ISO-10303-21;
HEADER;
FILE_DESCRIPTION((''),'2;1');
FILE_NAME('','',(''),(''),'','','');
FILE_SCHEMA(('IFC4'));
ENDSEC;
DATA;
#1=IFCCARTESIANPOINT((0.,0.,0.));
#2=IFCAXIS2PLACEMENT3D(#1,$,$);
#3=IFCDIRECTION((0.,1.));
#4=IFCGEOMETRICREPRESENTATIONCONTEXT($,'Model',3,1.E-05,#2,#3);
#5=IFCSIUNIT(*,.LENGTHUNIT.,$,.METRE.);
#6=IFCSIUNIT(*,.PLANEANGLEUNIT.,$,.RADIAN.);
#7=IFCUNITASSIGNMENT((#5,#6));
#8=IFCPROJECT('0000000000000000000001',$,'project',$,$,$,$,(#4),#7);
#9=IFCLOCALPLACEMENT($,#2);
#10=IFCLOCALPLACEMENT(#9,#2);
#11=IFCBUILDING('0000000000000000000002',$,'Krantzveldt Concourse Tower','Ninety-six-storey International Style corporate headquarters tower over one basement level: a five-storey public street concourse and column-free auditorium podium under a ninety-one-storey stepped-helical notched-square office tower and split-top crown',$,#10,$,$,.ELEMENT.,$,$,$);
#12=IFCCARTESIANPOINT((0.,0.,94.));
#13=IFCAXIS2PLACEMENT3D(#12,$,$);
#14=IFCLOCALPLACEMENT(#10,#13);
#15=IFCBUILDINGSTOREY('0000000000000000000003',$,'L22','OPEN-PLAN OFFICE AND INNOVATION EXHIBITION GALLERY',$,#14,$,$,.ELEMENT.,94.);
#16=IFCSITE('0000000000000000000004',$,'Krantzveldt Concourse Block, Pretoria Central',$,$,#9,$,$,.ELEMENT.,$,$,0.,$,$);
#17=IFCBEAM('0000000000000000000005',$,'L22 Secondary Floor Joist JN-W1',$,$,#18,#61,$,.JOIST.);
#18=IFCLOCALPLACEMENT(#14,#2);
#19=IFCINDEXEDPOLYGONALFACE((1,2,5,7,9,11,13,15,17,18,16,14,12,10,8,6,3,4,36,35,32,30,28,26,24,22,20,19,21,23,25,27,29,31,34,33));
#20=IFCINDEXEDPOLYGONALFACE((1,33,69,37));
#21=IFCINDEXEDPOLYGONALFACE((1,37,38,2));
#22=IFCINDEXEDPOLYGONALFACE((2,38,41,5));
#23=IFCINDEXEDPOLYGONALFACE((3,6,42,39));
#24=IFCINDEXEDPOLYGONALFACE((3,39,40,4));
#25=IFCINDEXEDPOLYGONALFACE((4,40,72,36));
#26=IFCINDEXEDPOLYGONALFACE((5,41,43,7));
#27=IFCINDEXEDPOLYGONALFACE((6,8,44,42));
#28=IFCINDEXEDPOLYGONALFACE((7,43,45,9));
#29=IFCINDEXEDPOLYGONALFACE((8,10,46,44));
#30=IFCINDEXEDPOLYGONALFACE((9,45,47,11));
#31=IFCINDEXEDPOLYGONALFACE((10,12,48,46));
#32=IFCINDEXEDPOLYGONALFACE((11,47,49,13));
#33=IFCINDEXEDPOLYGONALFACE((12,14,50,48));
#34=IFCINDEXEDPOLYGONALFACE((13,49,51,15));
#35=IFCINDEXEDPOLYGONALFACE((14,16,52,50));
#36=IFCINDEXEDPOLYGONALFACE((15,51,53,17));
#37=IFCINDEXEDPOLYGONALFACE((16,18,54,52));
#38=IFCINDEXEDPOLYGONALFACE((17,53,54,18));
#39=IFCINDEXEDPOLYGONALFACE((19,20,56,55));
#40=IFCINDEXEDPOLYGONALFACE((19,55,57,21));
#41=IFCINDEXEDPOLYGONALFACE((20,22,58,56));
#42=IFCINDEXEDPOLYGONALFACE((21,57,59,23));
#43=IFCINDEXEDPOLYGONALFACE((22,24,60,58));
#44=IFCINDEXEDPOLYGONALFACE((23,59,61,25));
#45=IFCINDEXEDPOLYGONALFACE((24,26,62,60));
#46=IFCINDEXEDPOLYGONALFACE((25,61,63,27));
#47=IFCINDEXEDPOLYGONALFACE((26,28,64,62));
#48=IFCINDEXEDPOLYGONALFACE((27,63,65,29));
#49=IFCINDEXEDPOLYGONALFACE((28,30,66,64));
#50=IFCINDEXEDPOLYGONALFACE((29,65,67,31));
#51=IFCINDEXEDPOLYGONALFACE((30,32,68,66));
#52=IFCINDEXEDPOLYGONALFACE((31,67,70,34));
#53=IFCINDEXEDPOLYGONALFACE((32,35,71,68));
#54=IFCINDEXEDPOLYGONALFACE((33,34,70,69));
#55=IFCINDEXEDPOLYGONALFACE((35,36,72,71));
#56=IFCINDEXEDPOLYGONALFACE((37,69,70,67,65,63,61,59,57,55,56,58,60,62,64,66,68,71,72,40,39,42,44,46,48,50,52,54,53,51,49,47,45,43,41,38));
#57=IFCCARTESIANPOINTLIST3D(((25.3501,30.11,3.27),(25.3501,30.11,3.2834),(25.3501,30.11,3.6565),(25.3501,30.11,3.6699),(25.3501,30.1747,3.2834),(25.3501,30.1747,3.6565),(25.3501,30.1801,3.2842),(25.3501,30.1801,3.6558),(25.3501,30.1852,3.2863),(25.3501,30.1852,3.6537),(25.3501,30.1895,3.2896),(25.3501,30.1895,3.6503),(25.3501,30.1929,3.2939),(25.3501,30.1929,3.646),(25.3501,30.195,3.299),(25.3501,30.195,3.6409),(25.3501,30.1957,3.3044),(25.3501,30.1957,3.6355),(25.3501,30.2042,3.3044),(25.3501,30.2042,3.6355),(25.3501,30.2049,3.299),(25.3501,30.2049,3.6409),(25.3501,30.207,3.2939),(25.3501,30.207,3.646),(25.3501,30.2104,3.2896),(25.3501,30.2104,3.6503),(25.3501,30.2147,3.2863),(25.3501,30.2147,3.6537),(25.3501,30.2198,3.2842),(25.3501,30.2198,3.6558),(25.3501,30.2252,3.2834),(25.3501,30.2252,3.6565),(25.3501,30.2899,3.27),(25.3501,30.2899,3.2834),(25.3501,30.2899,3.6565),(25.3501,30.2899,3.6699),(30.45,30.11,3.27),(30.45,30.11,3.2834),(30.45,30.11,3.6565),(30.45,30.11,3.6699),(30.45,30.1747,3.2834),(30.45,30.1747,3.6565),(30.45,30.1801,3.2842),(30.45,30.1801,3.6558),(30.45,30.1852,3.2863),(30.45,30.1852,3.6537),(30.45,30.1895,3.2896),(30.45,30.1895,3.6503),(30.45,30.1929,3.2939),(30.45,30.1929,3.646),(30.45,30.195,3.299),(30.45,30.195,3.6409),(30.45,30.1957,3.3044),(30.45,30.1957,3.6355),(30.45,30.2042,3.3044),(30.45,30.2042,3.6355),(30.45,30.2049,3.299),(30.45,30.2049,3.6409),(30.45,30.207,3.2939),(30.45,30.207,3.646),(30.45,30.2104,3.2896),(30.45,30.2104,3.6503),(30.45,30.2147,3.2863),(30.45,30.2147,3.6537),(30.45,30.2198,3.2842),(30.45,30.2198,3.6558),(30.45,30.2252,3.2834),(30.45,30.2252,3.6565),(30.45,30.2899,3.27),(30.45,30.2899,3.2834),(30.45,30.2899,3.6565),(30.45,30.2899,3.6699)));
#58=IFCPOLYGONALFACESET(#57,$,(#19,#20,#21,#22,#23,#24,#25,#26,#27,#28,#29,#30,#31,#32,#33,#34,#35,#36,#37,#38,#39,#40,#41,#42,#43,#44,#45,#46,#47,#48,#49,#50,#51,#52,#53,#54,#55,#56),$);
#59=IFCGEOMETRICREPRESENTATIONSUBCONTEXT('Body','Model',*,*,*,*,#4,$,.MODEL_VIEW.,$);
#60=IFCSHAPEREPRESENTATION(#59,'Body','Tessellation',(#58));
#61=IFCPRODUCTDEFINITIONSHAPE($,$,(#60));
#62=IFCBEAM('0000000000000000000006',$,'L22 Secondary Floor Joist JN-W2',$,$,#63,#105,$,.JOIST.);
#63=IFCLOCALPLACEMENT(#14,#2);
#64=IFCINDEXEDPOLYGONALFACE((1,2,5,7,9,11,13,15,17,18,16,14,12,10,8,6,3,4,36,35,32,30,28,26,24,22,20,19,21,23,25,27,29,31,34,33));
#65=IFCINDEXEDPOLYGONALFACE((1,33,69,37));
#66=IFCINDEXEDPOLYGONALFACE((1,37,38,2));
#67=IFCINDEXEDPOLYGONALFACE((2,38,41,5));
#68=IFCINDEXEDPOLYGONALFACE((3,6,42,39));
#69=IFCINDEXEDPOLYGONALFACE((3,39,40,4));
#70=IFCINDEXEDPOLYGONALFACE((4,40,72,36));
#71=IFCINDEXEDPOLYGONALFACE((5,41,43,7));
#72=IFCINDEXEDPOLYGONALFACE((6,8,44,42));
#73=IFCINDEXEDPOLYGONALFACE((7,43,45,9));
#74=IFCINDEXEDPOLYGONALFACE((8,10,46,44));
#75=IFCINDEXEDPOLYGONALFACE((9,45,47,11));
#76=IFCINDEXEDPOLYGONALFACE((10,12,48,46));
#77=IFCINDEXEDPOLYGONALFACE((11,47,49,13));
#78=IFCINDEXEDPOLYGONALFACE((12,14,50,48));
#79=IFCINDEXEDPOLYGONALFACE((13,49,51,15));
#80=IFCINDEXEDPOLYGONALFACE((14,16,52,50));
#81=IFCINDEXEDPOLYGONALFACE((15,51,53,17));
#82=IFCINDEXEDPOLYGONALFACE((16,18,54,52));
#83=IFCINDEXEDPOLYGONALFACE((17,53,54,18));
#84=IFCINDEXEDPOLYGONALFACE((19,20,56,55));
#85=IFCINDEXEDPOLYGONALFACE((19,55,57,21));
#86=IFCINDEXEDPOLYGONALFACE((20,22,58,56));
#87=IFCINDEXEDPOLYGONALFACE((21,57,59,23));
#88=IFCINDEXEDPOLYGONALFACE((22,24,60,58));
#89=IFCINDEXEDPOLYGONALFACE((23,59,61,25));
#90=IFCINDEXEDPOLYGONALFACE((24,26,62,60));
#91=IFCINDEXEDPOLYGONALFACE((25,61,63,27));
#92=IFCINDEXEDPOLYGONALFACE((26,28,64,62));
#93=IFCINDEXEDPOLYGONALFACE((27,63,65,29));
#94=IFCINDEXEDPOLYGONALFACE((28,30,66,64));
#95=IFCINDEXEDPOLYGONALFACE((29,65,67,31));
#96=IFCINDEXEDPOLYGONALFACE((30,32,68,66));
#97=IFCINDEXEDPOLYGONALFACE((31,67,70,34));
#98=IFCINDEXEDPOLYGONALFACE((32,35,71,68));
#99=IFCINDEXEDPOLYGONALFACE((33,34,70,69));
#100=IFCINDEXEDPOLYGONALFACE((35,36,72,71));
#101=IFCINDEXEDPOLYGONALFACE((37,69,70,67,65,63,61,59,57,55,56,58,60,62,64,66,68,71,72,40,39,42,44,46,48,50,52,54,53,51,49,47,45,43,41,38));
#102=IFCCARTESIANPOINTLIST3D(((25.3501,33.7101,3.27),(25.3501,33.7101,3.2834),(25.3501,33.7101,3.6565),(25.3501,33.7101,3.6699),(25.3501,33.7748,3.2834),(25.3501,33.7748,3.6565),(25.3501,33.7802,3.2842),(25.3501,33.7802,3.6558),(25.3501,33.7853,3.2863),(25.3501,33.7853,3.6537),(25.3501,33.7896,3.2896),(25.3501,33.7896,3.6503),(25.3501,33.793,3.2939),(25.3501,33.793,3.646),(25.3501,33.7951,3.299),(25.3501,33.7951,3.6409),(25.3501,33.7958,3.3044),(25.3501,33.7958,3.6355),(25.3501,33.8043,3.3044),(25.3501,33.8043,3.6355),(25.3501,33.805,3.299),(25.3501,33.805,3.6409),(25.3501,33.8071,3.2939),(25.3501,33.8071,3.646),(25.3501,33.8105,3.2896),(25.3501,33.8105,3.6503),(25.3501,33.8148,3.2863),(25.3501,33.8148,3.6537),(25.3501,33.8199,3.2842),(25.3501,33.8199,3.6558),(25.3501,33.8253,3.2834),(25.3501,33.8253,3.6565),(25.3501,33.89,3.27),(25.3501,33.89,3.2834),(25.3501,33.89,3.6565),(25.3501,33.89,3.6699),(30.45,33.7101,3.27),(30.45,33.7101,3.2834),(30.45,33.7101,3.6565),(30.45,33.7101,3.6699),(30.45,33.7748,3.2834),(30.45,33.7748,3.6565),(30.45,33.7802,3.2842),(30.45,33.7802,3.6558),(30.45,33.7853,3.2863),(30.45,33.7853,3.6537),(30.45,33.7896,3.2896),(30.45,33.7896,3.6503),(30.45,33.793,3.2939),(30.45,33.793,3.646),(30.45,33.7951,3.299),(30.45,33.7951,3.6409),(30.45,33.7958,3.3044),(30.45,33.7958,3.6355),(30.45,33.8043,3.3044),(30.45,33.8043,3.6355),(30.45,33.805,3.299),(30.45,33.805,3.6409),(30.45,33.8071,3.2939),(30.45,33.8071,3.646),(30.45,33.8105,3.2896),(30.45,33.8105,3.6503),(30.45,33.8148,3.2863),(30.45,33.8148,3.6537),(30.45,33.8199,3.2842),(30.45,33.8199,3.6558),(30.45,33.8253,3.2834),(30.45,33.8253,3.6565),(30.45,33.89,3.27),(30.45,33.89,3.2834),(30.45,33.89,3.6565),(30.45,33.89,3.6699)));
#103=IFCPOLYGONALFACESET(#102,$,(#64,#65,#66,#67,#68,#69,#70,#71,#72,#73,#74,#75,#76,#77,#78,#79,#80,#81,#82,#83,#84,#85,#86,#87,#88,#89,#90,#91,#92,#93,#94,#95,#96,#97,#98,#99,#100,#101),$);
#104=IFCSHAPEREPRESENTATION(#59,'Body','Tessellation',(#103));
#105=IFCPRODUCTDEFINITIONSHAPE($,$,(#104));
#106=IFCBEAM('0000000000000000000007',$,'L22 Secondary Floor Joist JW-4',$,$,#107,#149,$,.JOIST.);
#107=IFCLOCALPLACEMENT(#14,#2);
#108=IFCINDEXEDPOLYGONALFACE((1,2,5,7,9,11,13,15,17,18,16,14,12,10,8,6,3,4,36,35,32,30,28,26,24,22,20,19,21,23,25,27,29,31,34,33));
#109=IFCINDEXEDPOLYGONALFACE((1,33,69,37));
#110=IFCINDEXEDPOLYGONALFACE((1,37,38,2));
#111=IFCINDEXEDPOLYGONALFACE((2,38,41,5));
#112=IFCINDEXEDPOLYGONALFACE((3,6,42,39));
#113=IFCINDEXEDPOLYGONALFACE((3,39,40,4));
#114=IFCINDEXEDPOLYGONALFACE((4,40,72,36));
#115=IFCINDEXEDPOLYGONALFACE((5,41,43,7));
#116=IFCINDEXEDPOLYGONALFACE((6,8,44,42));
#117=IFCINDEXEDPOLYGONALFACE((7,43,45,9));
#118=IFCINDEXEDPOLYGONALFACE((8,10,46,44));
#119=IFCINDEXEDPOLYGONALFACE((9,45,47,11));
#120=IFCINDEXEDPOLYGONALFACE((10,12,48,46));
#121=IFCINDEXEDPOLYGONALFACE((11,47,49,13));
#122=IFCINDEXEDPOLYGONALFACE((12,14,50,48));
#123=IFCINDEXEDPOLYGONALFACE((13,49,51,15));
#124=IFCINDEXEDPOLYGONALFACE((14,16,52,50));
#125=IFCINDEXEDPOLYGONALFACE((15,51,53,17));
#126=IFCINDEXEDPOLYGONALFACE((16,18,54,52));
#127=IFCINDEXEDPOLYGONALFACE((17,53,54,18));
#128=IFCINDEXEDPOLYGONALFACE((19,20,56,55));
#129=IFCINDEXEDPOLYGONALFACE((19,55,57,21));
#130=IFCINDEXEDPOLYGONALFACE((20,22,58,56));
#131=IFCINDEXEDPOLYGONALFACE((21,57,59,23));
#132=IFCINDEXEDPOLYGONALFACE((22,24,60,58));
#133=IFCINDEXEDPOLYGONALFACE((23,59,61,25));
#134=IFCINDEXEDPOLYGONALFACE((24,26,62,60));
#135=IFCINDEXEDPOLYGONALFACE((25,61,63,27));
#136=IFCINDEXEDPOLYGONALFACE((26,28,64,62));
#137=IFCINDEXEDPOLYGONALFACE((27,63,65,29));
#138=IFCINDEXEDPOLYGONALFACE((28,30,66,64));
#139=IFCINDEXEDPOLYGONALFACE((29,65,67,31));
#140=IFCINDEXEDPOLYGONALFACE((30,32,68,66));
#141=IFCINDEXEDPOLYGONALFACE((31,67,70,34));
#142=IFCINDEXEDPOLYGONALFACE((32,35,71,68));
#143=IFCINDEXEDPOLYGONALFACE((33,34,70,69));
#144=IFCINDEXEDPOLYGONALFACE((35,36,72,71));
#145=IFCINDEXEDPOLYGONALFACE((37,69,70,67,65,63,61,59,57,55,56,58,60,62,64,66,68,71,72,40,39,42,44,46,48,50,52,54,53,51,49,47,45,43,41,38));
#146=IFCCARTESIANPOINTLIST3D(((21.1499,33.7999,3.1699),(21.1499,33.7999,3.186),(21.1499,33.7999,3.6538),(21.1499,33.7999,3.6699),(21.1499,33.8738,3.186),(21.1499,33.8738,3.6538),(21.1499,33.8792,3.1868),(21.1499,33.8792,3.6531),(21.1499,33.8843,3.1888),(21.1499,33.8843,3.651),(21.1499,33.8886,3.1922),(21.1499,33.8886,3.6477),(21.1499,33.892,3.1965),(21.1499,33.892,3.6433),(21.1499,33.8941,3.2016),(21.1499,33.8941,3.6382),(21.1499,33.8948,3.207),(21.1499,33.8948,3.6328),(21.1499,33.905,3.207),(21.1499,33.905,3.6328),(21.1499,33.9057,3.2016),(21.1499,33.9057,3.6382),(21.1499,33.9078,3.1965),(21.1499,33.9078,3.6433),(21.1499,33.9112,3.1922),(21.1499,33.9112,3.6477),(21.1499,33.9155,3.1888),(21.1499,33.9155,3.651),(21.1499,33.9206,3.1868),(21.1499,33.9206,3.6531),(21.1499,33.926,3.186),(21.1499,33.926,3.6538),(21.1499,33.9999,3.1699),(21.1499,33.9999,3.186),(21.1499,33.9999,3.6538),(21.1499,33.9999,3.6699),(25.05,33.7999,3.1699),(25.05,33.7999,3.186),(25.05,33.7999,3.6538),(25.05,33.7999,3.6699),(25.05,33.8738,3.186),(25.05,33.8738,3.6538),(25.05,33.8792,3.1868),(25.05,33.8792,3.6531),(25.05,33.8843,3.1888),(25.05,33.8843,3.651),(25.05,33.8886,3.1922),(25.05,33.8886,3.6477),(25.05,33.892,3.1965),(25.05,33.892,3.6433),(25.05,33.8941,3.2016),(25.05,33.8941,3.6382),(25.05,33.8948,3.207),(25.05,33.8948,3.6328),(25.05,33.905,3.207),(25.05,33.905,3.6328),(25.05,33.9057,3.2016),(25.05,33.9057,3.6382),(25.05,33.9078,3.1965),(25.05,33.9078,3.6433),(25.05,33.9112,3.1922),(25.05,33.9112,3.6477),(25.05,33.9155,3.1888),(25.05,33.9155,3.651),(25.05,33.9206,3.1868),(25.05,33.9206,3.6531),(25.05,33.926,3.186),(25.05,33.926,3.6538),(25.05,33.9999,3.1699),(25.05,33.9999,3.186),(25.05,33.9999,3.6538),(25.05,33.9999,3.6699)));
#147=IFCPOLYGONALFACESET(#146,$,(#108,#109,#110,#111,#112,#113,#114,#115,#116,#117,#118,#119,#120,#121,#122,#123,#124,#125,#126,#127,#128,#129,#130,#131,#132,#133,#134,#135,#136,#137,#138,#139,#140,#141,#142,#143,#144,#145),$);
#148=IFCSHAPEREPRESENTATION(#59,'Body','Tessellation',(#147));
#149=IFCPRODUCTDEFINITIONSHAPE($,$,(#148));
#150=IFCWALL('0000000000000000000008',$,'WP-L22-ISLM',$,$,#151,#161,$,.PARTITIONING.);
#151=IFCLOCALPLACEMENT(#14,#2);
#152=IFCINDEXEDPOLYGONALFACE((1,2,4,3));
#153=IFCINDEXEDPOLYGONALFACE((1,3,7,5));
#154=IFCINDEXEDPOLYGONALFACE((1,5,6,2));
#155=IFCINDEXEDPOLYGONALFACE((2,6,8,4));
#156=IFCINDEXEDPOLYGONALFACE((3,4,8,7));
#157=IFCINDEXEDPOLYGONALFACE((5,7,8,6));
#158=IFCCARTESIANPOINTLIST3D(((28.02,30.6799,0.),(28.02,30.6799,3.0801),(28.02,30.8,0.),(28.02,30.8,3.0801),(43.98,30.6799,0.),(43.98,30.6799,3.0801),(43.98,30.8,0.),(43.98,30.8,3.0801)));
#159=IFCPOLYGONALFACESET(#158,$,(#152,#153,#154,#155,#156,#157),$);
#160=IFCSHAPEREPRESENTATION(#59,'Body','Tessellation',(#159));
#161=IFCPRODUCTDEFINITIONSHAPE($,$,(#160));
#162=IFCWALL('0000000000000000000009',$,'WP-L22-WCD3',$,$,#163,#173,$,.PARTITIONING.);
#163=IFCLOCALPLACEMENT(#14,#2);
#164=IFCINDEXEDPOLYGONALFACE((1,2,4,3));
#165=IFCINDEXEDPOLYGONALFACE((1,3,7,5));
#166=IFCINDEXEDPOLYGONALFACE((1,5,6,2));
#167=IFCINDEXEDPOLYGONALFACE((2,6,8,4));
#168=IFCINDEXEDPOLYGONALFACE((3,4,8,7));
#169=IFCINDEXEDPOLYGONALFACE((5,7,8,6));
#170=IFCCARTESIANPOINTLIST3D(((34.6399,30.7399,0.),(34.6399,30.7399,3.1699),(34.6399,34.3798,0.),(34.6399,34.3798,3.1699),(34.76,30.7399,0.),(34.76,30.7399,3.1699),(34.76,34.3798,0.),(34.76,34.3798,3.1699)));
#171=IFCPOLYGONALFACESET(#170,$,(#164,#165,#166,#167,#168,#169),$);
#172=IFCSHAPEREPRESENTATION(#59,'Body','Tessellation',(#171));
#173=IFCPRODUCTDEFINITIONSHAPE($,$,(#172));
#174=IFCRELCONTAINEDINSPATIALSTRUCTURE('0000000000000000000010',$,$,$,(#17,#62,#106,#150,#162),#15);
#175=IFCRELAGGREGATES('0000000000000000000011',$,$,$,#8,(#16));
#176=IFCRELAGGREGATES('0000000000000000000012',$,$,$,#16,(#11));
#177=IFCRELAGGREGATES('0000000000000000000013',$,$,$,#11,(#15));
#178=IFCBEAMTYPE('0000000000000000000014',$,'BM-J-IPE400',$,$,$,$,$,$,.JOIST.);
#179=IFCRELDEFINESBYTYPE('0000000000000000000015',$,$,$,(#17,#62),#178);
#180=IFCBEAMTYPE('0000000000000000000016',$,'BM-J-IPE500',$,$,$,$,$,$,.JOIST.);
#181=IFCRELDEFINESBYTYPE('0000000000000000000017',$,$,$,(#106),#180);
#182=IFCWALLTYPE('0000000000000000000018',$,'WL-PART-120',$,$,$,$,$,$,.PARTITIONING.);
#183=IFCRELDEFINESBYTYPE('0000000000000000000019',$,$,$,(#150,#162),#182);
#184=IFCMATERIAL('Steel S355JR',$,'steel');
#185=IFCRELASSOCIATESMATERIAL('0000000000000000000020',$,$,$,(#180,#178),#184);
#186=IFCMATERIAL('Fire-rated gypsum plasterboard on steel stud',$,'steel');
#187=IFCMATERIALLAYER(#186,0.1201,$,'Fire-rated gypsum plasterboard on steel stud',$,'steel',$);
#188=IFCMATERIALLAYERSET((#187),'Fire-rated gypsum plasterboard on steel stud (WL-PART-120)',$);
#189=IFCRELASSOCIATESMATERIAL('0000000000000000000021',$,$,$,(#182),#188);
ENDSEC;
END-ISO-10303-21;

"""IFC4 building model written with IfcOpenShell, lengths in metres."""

from ifc_helpers import new_model, si_unit, direction, frame, frame_2d, origin, origin_2d, place, context, subcontext, project, spatial, rectangle, i_section, extrude, source, transform, mapped, material, layer, layer_set, material_profile, profile_set, type_object, type_shapes, element, save


model = new_model("IFC4")

# Units and contexts
model_context = context("Model", 3, precision=1e-05, world=origin(), true_north=direction((0.0, 1.0)))
body_context = subcontext(model_context, "Body", "Model", "MODEL_VIEW")
ifc_project = project(units=[si_unit("LENGTHUNIT", "METRE"), si_unit("PLANEANGLEUNIT", "RADIAN")], contexts=[model_context])

# Site, building, storey
site_placement = place(None, origin())
site = spatial("IfcSite", under=ifc_project, at=site_placement, Name="Krantzveldt Concourse Block, Pretoria Central", CompositionType="ELEMENT", RefElevation=0.0)
building_placement = place(site_placement, origin())
building = spatial("IfcBuilding", under=site, at=building_placement, Name="Krantzveldt Concourse Tower", Description="Ninety-six-storey International Style corporate headquarters tower over one basement level: a five-storey public street concourse and column-free auditorium podium under a ninety-one-storey stepped-helical notched-square office tower and split-top crown", CompositionType="ELEMENT")
storey_placement = place(building_placement, frame((0.0, 0.0, 94.0)))
storey = spatial("IfcBuildingStorey", under=building, at=storey_placement, Name="L22", Description="OPEN-PLAN OFFICE AND INNOVATION EXHIBITION GALLERY", CompositionType="ELEMENT", Elevation=94.0)

# Beams
ifc_material_1 = material(Name="Steel S355JR", Category="steel")
ifc_material_profile_1 = material_profile(ifc_material_1, i_section(OverallWidth=0.2, OverallDepth=0.5, WebThickness=0.0103, FlangeThickness=0.0161, FilletRadius=0.021, at=origin_2d()), Name="Steel S355JR", Category="steel")
ifc_profile_set_1 = profile_set([ifc_material_profile_1], Name="Steel S355JR - IPE 500")
beam_type_1 = type_object("IfcBeamType", Name="BM-J-IPE500", PredefinedType="JOIST", material=ifc_profile_set_1)
ifc_material_profile_2 = material_profile(ifc_material_1, i_section(OverallWidth=0.1799, OverallDepth=0.3999, WebThickness=0.0085, FlangeThickness=0.0134, FilletRadius=0.021, at=origin_2d()), Name="Steel S355JR", Category="steel")
ifc_profile_set_2 = profile_set([ifc_material_profile_2], Name="Steel S355JR - IPE 400")
beam_type_2 = type_object("IfcBeamType", Name="BM-J-IPE400", PredefinedType="JOIST", material=ifc_profile_set_2)
shared_shape_1 = source(origin(), body_context, "Body", "SweptSolid", [
    extrude(i_section(OverallWidth=0.1799, OverallDepth=0.3999, WebThickness=0.0085, FlangeThickness=0.0134, FilletRadius=0.021, at=origin_2d()), origin(), (0.0, 0.0, 1.0), 5.0999),
])
type_shapes(beam_type_2, [shared_shape_1])
for number, where, z_axis, x_axis, name in (
    (1, (25.3501, 30.2, 3.47), (1.0, 0.0, 0.0), (0.0, 1.0, 0.0), "L22 Secondary Floor Joist JN-W1"),
    (2, (25.3501, 33.8, 3.47), (1.0, 0.0, 0.0), (0.0, 1.0, 0.0), "L22 Secondary Floor Joist JN-W2"),
):
    element("IfcBeam", number, at=place(storey_placement, frame(where, z_axis=z_axis, x_axis=x_axis)), inside=storey, type_object=beam_type_2, Name=name, PredefinedType="JOIST", context=body_context, shape_type="MappedRepresentation", body=[
        mapped(shared_shape_1, transform((0.0, 0.0, 0.0), x_axis=(1.0, 0.0, 0.0), y_axis=(0.0, 1.0, 0.0), z_axis=(0.0, 0.0, 1.0), scale=1.0)),
    ])
shared_shape_2 = source(origin(), body_context, "Body", "SweptSolid", [
    extrude(i_section(OverallWidth=0.2, OverallDepth=0.5, WebThickness=0.0103, FlangeThickness=0.0161, FilletRadius=0.021, at=origin_2d()), origin(), (0.0, 0.0, 1.0), 3.9001),
])
beam_1_placement = place(storey_placement, frame((21.1499, 33.8999, 3.4199), z_axis=(1.0, 0.0, 0.0), x_axis=(0.0, 1.0, 0.0)))
element("IfcBeam", 3, at=beam_1_placement, inside=storey, type_object=beam_type_1, Name="L22 Secondary Floor Joist JW-4", PredefinedType="JOIST", context=body_context, shape_type="MappedRepresentation", body=[
    mapped(shared_shape_2, transform((0.0, 0.0, 0.0), x_axis=(1.0, 0.0, 0.0), y_axis=(0.0, 1.0, 0.0), z_axis=(0.0, 0.0, 1.0), scale=1.0)),
])

# Walls
ifc_material_2 = material(Name="Fire-rated gypsum plasterboard on steel stud", Category="steel")
ifc_layer_1 = layer(ifc_material_2, 0.1201, Name="Fire-rated gypsum plasterboard on steel stud", Category="steel")
ifc_layer_set_1 = layer_set([ifc_layer_1], Name="Fire-rated gypsum plasterboard on steel stud (WL-PART-120)")
wall_type_1 = type_object("IfcWallType", Name="WL-PART-120", PredefinedType="PARTITIONING", material=ifc_layer_set_1)
wall_1_placement = place(storey_placement, frame((28.02, 30.74, 0.0), z_axis=(0.0, 0.0, 1.0), x_axis=(1.0, 0.0, 0.0)))
element("IfcWall", 4, at=wall_1_placement, inside=storey, type_object=wall_type_1, Name="WP-L22-ISLM", PredefinedType="PARTITIONING", context=body_context, shape_type="SweptSolid", body=[
    extrude(rectangle(XDim=15.96, YDim=0.1201, at=frame_2d((7.98, 0.0))), origin(), (0.0, 0.0, 1.0), 3.0801),
])
wall_2_placement = place(storey_placement, frame((34.7, 30.74, 0.0), z_axis=(0.0, 0.0, 1.0), x_axis=(0.0, 1.0, 0.0)))
element("IfcWall", 5, at=wall_2_placement, inside=storey, type_object=wall_type_1, Name="WP-L22-WCD3", PredefinedType="PARTITIONING", context=body_context, shape_type="SweptSolid", body=[
    extrude(rectangle(XDim=3.6399, YDim=0.1201, at=frame_2d((1.8198, 0.0))), origin(), (0.0, 0.0, 1.0), 3.1699),
])

save(model, "model.ifc")
